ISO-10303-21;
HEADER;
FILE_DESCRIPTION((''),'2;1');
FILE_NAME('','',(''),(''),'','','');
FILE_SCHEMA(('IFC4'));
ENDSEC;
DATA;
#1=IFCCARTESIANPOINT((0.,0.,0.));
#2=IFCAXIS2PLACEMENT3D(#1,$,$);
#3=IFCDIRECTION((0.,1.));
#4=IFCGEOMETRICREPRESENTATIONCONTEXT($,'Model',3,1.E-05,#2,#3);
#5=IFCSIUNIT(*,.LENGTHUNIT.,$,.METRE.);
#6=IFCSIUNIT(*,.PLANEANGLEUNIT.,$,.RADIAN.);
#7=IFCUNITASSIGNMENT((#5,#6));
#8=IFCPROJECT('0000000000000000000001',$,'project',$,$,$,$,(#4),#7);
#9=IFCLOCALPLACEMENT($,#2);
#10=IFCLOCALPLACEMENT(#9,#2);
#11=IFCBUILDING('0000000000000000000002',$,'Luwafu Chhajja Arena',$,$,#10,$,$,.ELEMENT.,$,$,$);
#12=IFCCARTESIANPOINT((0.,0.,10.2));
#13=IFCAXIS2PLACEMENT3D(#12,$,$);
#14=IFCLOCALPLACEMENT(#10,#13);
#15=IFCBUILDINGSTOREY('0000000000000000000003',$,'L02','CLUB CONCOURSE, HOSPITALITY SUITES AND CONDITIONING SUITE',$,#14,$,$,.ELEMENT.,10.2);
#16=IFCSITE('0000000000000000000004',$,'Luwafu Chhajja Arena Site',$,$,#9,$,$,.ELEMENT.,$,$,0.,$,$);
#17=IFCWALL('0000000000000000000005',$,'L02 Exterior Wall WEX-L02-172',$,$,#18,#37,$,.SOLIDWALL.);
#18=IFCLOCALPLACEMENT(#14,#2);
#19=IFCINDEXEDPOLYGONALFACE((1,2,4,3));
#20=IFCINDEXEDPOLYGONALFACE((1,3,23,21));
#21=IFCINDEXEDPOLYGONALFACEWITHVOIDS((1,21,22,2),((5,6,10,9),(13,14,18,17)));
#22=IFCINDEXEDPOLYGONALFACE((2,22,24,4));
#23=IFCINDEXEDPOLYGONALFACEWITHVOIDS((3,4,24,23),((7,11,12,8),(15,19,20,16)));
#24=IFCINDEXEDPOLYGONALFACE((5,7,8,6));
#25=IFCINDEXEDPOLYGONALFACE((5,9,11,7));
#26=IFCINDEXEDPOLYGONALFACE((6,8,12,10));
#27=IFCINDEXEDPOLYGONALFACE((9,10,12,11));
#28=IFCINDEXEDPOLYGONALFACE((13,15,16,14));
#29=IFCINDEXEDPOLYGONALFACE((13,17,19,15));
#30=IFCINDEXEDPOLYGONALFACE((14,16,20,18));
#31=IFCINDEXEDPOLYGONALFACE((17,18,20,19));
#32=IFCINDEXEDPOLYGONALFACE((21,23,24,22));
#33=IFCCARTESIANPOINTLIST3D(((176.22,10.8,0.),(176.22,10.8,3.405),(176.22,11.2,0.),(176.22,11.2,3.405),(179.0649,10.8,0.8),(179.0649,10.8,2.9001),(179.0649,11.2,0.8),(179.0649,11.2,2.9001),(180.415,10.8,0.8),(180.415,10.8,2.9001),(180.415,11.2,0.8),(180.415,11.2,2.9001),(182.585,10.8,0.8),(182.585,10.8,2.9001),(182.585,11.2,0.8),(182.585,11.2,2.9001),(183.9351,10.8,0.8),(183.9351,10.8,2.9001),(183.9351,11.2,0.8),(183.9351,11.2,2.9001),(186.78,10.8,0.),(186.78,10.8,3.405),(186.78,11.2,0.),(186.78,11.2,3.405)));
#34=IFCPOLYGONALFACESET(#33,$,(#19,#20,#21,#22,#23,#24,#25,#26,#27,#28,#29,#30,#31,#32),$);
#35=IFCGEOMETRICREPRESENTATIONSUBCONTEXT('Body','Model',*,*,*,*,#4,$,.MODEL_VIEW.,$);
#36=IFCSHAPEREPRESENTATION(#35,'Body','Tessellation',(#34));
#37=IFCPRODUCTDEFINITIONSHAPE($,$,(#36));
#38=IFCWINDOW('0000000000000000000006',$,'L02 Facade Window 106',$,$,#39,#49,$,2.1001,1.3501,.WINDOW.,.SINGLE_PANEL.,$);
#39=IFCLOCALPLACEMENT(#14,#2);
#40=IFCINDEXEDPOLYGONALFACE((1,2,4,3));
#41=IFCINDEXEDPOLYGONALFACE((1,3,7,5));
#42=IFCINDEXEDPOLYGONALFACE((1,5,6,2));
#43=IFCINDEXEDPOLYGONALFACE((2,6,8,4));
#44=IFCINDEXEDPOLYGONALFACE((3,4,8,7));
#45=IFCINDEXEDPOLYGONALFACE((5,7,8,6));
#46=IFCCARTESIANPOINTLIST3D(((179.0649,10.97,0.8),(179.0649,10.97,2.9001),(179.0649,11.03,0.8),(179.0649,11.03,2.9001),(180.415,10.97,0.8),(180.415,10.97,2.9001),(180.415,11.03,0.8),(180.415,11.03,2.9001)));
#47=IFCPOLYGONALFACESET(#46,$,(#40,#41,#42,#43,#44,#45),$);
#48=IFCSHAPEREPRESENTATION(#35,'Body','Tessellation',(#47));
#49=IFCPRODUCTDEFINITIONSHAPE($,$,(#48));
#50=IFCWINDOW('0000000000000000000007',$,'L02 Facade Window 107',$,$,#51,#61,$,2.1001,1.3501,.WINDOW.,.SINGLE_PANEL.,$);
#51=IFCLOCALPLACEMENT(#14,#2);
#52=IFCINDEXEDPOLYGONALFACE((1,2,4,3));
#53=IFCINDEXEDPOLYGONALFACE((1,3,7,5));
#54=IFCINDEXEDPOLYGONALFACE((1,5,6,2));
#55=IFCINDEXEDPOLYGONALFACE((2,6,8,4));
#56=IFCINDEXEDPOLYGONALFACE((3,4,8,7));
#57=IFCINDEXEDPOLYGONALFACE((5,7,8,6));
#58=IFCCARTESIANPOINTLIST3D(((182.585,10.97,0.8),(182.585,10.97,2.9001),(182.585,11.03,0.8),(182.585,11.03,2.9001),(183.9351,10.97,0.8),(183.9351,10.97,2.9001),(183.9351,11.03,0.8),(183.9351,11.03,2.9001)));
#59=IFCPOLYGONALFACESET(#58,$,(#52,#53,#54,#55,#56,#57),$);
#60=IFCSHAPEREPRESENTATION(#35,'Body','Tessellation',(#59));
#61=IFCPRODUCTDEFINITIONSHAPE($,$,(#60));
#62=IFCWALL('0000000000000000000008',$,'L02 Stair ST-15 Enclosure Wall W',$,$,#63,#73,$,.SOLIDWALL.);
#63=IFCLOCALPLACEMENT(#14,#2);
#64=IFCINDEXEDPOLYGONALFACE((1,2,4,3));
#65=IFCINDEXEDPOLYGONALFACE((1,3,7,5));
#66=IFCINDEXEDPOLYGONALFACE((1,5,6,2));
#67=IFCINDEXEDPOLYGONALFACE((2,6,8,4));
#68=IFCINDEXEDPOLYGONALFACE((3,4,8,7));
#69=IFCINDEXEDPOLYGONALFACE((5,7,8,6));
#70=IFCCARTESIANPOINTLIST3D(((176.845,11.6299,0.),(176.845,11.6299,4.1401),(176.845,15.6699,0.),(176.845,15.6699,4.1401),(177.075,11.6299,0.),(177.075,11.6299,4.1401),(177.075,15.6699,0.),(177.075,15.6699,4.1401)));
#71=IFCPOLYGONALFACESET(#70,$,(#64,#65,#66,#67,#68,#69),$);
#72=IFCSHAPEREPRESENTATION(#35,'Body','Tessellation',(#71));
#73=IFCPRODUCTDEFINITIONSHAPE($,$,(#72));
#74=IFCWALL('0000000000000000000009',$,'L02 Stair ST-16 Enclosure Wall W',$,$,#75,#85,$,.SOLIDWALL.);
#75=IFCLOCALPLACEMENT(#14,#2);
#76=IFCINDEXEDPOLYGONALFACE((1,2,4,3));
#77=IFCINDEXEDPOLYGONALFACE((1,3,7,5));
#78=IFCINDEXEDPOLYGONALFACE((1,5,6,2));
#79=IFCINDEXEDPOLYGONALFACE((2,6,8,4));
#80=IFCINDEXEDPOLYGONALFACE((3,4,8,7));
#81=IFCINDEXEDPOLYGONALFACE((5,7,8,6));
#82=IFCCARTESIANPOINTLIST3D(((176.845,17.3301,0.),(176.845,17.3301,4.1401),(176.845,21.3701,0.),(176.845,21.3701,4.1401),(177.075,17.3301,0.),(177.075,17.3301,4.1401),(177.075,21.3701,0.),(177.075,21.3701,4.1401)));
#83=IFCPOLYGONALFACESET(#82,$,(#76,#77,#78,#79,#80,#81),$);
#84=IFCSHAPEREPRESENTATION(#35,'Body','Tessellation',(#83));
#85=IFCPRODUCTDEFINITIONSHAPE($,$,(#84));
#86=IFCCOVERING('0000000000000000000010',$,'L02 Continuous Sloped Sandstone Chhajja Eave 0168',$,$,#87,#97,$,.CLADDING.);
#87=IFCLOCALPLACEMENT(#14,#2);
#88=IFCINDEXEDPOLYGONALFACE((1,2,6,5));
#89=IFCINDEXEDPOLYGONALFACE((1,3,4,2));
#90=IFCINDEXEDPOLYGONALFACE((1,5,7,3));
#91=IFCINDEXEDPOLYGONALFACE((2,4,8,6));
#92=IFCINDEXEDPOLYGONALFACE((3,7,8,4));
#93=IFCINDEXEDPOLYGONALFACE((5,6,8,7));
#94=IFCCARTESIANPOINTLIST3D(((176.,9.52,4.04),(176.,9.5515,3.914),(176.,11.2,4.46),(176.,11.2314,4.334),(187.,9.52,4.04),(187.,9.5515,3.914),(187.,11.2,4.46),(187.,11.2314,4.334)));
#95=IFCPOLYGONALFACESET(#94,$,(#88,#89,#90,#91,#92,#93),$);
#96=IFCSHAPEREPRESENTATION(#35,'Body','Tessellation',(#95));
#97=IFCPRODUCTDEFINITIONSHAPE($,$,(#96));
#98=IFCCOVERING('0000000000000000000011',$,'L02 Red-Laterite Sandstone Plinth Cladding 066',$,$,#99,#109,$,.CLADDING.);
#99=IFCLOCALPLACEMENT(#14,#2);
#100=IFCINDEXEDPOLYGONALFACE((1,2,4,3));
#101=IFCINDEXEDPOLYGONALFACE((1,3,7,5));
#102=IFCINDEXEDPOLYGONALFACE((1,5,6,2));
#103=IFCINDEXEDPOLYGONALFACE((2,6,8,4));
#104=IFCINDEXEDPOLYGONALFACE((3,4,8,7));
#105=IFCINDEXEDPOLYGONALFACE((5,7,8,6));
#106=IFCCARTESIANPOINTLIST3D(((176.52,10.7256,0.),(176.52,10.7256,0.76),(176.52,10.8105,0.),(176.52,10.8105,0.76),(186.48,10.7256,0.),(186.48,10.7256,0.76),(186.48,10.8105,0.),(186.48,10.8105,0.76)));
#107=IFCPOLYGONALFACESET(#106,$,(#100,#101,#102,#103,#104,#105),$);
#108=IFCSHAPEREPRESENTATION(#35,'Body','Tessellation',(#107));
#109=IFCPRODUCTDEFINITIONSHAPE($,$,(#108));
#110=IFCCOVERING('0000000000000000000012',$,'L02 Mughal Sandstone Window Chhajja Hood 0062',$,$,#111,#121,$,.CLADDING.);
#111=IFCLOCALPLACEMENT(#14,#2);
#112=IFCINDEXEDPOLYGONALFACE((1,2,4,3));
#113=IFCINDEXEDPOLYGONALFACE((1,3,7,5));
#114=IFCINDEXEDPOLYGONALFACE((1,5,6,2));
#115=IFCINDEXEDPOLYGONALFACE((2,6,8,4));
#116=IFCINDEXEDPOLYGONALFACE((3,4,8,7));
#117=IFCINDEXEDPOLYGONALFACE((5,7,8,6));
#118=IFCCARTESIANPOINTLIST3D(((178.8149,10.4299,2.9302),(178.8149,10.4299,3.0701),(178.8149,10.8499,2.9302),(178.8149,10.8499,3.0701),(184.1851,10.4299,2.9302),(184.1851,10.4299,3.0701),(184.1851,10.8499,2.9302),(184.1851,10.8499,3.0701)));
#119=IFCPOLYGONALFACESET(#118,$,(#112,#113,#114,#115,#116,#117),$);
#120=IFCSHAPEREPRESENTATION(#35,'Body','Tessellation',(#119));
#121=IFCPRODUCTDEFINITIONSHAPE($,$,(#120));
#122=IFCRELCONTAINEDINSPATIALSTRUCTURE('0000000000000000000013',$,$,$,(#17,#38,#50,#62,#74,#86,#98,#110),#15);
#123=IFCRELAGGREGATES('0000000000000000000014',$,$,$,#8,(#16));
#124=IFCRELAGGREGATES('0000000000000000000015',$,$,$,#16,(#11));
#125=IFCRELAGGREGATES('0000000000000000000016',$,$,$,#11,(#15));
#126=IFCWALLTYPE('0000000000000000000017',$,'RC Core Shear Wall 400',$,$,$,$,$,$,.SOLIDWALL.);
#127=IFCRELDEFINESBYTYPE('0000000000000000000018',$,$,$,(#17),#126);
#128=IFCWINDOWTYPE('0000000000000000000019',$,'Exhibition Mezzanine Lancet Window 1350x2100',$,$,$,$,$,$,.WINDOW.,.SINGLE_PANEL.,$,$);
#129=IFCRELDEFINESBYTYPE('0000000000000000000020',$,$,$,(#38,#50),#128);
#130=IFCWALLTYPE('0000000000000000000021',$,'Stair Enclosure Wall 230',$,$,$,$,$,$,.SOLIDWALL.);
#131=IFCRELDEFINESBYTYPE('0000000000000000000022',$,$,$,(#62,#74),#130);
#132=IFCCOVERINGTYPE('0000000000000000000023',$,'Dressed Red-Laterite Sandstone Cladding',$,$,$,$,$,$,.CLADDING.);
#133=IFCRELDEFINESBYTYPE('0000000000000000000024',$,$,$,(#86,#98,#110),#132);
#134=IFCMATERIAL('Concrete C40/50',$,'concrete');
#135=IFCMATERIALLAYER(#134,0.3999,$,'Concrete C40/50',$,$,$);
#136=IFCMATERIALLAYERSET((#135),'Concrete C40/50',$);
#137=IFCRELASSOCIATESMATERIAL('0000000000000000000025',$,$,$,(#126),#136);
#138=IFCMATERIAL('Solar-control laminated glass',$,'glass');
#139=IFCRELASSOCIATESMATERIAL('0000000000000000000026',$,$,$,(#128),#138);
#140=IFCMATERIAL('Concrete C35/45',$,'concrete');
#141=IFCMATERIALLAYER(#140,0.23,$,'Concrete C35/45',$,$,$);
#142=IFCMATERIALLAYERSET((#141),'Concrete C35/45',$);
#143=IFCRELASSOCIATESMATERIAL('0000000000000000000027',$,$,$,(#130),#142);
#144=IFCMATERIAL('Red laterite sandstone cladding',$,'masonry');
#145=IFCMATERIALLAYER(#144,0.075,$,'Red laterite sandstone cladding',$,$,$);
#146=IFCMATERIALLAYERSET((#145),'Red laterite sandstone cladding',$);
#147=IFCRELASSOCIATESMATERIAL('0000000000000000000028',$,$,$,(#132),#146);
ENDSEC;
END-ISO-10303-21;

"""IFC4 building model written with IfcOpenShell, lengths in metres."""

from ifc_helpers import new_model, si_unit, direction, frame, frame_2d, origin, origin_2d, place, context, subcontext, project, spatial, polyline, rectangle, outline, extrude, material, layer, layer_set, type_object, element, fill, save


model = new_model("IFC4")

# Units and contexts
model_context = context("Model", 3, precision=1e-05, world=origin(), true_north=direction((0.0, 1.0)))
body_context = subcontext(model_context, "Body", "Model", "MODEL_VIEW")
ifc_project = project(units=[si_unit("LENGTHUNIT", "METRE"), si_unit("PLANEANGLEUNIT", "RADIAN")], contexts=[model_context])

# Site, building, storey
site_placement = place(None, origin())
site = spatial("IfcSite", under=ifc_project, at=site_placement, Name="Luwafu Chhajja Arena Site", CompositionType="ELEMENT", RefElevation=0.0)
building_placement = place(site_placement, origin())
building = spatial("IfcBuilding", under=site, at=building_placement, Name="Luwafu Chhajja Arena", CompositionType="ELEMENT")
storey_placement = place(building_placement, frame((0.0, 0.0, 10.2)))
storey = spatial("IfcBuildingStorey", under=building, at=storey_placement, Name="L02", Description="CLUB CONCOURSE, HOSPITALITY SUITES AND CONDITIONING SUITE", CompositionType="ELEMENT", Elevation=10.2)

# Shared definitions
ifc_material_1 = material(Name="Concrete C35/45", Category="concrete")

# Shared definitions
ifc_material_2 = material(Name="Concrete C40/50", Category="concrete")

# Wall, openings, windows
ifc_layer_1 = layer(ifc_material_2, 0.3999, Name="Concrete C40/50")
ifc_layer_set_1 = layer_set([ifc_layer_1], Name="Concrete C40/50")
wall_type_1 = type_object("IfcWallType", Name="RC Core Shear Wall 400", PredefinedType="SOLIDWALL", material=ifc_layer_set_1)
wall_1_placement = place(storey_placement, frame((176.22, 11.0, 0.0), z_axis=(0.0, 0.0, 1.0), x_axis=(1.0, 0.0, 0.0)))
wall_1 = element("IfcWall", 1, at=wall_1_placement, inside=storey, type_object=wall_type_1, Name="L02 Exterior Wall WEX-L02-172", PredefinedType="SOLIDWALL", context=body_context, shape_type="SweptSolid", body=[
    extrude(rectangle(XDim=10.5601, YDim=0.3999, at=frame_2d((5.28, 0.0))), origin(), (0.0, 0.0, 1.0), 3.405),
])
opening_1_placement = place(wall_1_placement, frame((2.845, 0.0, 0.8)))
opening_1 = element("IfcOpeningElement", 2, at=opening_1_placement, cuts=wall_1, PredefinedType="OPENING", context=body_context, shape_type="SweptSolid", body=[
    extrude(rectangle(XDim=1.3501, YDim=2.1001, at=frame_2d((0.675, 1.05))), frame((0.0, 0.21, 0.0), z_axis=(0.0, -1.0, 0.0), x_axis=(1.0, 0.0, 0.0)), (0.0, 0.0, 1.0), 0.4199),
])
opening_2_placement = place(wall_1_placement, frame((6.365, 0.0, 0.8)))
opening_2 = element("IfcOpeningElement", 3, at=opening_2_placement, cuts=wall_1, PredefinedType="OPENING", context=body_context, shape_type="SweptSolid", body=[
    extrude(rectangle(XDim=1.3501, YDim=2.1001, at=frame_2d((0.675, 1.05))), frame((0.0, 0.21, 0.0), z_axis=(0.0, -1.0, 0.0), x_axis=(1.0, 0.0, 0.0)), (0.0, 0.0, 1.0), 0.4199),
])
ifc_material_3 = material(Name="Solar-control laminated glass", Category="glass")
window_type = type_object("IfcWindowType", Name="Exhibition Mezzanine Lancet Window 1350x2100", PartitioningType="SINGLE_PANEL", PredefinedType="WINDOW", material=ifc_material_3)
window_1_placement = place(opening_1_placement, origin())
window_1 = element("IfcWindow", 4, at=window_1_placement, inside=storey, type_object=window_type, Name="L02 Facade Window 106", OverallHeight=2.1001, OverallWidth=1.3501, PartitioningType="SINGLE_PANEL", PredefinedType="WINDOW", context=body_context, shape_type="SweptSolid", body=[
    extrude(rectangle(XDim=1.3501, YDim=2.1001, at=frame_2d((0.675, 1.05))), frame((0.0, 0.03, 0.0), z_axis=(0.0, -1.0, 0.0), x_axis=(1.0, 0.0, 0.0)), (0.0, 0.0, 1.0), 0.0601),
])
fill(opening_1, window_1)
window_2_placement = place(opening_2_placement, origin())
window_2 = element("IfcWindow", 5, at=window_2_placement, inside=storey, type_object=window_type, Name="L02 Facade Window 107", OverallHeight=2.1001, OverallWidth=1.3501, PartitioningType="SINGLE_PANEL", PredefinedType="WINDOW", context=body_context, shape_type="SweptSolid", body=[
    extrude(rectangle(XDim=1.3501, YDim=2.1001, at=frame_2d((0.675, 1.05))), frame((0.0, 0.03, 0.0), z_axis=(0.0, -1.0, 0.0), x_axis=(1.0, 0.0, 0.0)), (0.0, 0.0, 1.0), 0.0601),
])
fill(opening_2, window_2)

# Walls
ifc_layer_2 = layer(ifc_material_1, 0.23, Name="Concrete C35/45")
ifc_layer_set_2 = layer_set([ifc_layer_2], Name="Concrete C35/45")
wall_type_2 = type_object("IfcWallType", Name="Stair Enclosure Wall 230", PredefinedType="SOLIDWALL", material=ifc_layer_set_2)
for number, where, z_axis, x_axis, name in (
    (6, (176.96, 11.6299, 0.0), (0.0, 0.0, 1.0), (0.0, 1.0, 0.0), "L02 Stair ST-15 Enclosure Wall W"),
    (7, (176.96, 17.3301, 0.0), (0.0, 0.0, 1.0), (0.0, 1.0, 0.0), "L02 Stair ST-16 Enclosure Wall W"),
):
    element("IfcWall", number, at=place(storey_placement, frame(where, z_axis=z_axis, x_axis=x_axis)), inside=storey, type_object=wall_type_2, Name=name, PredefinedType="SOLIDWALL", context=body_context, shape_type="SweptSolid", body=[
        extrude(rectangle(XDim=4.04, YDim=0.23, at=frame_2d((2.02, 0.0))), origin(), (0.0, 0.0, 1.0), 4.1401),
    ])

# Coverings
ifc_material_4 = material(Name="Red laterite sandstone cladding", Category="masonry")
ifc_layer_3 = layer(ifc_material_4, 0.075, Name="Red laterite sandstone cladding")
ifc_layer_set_3 = layer_set([ifc_layer_3], Name="Red laterite sandstone cladding")
covering_type = type_object("IfcCoveringType", Name="Dressed Red-Laterite Sandstone Cladding", PredefinedType="CLADDING", material=ifc_layer_set_3)
covering_1_placement = place(storey_placement, frame((176.0, 11.2, 4.46), z_axis=(0.0, -0.242502, 0.970151), x_axis=(1.0, 0.0, 0.0)))
element("IfcCovering", 8, at=covering_1_placement, inside=storey, type_object=covering_type, Name="L02 Continuous Sloped Sandstone Chhajja Eave 0168", PredefinedType="CLADDING", context=body_context, shape_type="SweptSolid", body=[
    extrude(outline(polyline([(0.0, 0.0), (11.0, 0.0), (11.0, -1.7316), (0.0, -1.7316), (0.0, 0.0)])), origin(), (0.0, 0.0, -1.0), 0.1299),
])
covering_2_placement = place(storey_placement, frame((181.5, 10.7681, 0.0), z_axis=(0.0, 0.0, 1.0), x_axis=(1.0, 0.0, 0.0)))
element("IfcCovering", 9, at=covering_2_placement, inside=storey, type_object=covering_type, Name="L02 Red-Laterite Sandstone Plinth Cladding 066", PredefinedType="CLADDING", context=body_context, shape_type="SweptSolid", body=[
    extrude(rectangle(XDim=9.96, YDim=0.085, at=origin_2d()), origin(), (0.0, 0.0, 1.0), 0.76),
])
covering_3_placement = place(storey_placement, frame((181.5, 10.6399, 2.9302), z_axis=(0.0, 0.0, 1.0), x_axis=(1.0, 0.0, 0.0)))
element("IfcCovering", 10, at=covering_3_placement, inside=storey, type_object=covering_type, Name="L02 Mughal Sandstone Window Chhajja Hood 0062", PredefinedType="CLADDING", context=body_context, shape_type="SweptSolid", body=[
    extrude(rectangle(XDim=5.3701, YDim=0.4199, at=origin_2d()), origin(), (0.0, 0.0, 1.0), 0.1399),
])

save(model, "model.ifc")
